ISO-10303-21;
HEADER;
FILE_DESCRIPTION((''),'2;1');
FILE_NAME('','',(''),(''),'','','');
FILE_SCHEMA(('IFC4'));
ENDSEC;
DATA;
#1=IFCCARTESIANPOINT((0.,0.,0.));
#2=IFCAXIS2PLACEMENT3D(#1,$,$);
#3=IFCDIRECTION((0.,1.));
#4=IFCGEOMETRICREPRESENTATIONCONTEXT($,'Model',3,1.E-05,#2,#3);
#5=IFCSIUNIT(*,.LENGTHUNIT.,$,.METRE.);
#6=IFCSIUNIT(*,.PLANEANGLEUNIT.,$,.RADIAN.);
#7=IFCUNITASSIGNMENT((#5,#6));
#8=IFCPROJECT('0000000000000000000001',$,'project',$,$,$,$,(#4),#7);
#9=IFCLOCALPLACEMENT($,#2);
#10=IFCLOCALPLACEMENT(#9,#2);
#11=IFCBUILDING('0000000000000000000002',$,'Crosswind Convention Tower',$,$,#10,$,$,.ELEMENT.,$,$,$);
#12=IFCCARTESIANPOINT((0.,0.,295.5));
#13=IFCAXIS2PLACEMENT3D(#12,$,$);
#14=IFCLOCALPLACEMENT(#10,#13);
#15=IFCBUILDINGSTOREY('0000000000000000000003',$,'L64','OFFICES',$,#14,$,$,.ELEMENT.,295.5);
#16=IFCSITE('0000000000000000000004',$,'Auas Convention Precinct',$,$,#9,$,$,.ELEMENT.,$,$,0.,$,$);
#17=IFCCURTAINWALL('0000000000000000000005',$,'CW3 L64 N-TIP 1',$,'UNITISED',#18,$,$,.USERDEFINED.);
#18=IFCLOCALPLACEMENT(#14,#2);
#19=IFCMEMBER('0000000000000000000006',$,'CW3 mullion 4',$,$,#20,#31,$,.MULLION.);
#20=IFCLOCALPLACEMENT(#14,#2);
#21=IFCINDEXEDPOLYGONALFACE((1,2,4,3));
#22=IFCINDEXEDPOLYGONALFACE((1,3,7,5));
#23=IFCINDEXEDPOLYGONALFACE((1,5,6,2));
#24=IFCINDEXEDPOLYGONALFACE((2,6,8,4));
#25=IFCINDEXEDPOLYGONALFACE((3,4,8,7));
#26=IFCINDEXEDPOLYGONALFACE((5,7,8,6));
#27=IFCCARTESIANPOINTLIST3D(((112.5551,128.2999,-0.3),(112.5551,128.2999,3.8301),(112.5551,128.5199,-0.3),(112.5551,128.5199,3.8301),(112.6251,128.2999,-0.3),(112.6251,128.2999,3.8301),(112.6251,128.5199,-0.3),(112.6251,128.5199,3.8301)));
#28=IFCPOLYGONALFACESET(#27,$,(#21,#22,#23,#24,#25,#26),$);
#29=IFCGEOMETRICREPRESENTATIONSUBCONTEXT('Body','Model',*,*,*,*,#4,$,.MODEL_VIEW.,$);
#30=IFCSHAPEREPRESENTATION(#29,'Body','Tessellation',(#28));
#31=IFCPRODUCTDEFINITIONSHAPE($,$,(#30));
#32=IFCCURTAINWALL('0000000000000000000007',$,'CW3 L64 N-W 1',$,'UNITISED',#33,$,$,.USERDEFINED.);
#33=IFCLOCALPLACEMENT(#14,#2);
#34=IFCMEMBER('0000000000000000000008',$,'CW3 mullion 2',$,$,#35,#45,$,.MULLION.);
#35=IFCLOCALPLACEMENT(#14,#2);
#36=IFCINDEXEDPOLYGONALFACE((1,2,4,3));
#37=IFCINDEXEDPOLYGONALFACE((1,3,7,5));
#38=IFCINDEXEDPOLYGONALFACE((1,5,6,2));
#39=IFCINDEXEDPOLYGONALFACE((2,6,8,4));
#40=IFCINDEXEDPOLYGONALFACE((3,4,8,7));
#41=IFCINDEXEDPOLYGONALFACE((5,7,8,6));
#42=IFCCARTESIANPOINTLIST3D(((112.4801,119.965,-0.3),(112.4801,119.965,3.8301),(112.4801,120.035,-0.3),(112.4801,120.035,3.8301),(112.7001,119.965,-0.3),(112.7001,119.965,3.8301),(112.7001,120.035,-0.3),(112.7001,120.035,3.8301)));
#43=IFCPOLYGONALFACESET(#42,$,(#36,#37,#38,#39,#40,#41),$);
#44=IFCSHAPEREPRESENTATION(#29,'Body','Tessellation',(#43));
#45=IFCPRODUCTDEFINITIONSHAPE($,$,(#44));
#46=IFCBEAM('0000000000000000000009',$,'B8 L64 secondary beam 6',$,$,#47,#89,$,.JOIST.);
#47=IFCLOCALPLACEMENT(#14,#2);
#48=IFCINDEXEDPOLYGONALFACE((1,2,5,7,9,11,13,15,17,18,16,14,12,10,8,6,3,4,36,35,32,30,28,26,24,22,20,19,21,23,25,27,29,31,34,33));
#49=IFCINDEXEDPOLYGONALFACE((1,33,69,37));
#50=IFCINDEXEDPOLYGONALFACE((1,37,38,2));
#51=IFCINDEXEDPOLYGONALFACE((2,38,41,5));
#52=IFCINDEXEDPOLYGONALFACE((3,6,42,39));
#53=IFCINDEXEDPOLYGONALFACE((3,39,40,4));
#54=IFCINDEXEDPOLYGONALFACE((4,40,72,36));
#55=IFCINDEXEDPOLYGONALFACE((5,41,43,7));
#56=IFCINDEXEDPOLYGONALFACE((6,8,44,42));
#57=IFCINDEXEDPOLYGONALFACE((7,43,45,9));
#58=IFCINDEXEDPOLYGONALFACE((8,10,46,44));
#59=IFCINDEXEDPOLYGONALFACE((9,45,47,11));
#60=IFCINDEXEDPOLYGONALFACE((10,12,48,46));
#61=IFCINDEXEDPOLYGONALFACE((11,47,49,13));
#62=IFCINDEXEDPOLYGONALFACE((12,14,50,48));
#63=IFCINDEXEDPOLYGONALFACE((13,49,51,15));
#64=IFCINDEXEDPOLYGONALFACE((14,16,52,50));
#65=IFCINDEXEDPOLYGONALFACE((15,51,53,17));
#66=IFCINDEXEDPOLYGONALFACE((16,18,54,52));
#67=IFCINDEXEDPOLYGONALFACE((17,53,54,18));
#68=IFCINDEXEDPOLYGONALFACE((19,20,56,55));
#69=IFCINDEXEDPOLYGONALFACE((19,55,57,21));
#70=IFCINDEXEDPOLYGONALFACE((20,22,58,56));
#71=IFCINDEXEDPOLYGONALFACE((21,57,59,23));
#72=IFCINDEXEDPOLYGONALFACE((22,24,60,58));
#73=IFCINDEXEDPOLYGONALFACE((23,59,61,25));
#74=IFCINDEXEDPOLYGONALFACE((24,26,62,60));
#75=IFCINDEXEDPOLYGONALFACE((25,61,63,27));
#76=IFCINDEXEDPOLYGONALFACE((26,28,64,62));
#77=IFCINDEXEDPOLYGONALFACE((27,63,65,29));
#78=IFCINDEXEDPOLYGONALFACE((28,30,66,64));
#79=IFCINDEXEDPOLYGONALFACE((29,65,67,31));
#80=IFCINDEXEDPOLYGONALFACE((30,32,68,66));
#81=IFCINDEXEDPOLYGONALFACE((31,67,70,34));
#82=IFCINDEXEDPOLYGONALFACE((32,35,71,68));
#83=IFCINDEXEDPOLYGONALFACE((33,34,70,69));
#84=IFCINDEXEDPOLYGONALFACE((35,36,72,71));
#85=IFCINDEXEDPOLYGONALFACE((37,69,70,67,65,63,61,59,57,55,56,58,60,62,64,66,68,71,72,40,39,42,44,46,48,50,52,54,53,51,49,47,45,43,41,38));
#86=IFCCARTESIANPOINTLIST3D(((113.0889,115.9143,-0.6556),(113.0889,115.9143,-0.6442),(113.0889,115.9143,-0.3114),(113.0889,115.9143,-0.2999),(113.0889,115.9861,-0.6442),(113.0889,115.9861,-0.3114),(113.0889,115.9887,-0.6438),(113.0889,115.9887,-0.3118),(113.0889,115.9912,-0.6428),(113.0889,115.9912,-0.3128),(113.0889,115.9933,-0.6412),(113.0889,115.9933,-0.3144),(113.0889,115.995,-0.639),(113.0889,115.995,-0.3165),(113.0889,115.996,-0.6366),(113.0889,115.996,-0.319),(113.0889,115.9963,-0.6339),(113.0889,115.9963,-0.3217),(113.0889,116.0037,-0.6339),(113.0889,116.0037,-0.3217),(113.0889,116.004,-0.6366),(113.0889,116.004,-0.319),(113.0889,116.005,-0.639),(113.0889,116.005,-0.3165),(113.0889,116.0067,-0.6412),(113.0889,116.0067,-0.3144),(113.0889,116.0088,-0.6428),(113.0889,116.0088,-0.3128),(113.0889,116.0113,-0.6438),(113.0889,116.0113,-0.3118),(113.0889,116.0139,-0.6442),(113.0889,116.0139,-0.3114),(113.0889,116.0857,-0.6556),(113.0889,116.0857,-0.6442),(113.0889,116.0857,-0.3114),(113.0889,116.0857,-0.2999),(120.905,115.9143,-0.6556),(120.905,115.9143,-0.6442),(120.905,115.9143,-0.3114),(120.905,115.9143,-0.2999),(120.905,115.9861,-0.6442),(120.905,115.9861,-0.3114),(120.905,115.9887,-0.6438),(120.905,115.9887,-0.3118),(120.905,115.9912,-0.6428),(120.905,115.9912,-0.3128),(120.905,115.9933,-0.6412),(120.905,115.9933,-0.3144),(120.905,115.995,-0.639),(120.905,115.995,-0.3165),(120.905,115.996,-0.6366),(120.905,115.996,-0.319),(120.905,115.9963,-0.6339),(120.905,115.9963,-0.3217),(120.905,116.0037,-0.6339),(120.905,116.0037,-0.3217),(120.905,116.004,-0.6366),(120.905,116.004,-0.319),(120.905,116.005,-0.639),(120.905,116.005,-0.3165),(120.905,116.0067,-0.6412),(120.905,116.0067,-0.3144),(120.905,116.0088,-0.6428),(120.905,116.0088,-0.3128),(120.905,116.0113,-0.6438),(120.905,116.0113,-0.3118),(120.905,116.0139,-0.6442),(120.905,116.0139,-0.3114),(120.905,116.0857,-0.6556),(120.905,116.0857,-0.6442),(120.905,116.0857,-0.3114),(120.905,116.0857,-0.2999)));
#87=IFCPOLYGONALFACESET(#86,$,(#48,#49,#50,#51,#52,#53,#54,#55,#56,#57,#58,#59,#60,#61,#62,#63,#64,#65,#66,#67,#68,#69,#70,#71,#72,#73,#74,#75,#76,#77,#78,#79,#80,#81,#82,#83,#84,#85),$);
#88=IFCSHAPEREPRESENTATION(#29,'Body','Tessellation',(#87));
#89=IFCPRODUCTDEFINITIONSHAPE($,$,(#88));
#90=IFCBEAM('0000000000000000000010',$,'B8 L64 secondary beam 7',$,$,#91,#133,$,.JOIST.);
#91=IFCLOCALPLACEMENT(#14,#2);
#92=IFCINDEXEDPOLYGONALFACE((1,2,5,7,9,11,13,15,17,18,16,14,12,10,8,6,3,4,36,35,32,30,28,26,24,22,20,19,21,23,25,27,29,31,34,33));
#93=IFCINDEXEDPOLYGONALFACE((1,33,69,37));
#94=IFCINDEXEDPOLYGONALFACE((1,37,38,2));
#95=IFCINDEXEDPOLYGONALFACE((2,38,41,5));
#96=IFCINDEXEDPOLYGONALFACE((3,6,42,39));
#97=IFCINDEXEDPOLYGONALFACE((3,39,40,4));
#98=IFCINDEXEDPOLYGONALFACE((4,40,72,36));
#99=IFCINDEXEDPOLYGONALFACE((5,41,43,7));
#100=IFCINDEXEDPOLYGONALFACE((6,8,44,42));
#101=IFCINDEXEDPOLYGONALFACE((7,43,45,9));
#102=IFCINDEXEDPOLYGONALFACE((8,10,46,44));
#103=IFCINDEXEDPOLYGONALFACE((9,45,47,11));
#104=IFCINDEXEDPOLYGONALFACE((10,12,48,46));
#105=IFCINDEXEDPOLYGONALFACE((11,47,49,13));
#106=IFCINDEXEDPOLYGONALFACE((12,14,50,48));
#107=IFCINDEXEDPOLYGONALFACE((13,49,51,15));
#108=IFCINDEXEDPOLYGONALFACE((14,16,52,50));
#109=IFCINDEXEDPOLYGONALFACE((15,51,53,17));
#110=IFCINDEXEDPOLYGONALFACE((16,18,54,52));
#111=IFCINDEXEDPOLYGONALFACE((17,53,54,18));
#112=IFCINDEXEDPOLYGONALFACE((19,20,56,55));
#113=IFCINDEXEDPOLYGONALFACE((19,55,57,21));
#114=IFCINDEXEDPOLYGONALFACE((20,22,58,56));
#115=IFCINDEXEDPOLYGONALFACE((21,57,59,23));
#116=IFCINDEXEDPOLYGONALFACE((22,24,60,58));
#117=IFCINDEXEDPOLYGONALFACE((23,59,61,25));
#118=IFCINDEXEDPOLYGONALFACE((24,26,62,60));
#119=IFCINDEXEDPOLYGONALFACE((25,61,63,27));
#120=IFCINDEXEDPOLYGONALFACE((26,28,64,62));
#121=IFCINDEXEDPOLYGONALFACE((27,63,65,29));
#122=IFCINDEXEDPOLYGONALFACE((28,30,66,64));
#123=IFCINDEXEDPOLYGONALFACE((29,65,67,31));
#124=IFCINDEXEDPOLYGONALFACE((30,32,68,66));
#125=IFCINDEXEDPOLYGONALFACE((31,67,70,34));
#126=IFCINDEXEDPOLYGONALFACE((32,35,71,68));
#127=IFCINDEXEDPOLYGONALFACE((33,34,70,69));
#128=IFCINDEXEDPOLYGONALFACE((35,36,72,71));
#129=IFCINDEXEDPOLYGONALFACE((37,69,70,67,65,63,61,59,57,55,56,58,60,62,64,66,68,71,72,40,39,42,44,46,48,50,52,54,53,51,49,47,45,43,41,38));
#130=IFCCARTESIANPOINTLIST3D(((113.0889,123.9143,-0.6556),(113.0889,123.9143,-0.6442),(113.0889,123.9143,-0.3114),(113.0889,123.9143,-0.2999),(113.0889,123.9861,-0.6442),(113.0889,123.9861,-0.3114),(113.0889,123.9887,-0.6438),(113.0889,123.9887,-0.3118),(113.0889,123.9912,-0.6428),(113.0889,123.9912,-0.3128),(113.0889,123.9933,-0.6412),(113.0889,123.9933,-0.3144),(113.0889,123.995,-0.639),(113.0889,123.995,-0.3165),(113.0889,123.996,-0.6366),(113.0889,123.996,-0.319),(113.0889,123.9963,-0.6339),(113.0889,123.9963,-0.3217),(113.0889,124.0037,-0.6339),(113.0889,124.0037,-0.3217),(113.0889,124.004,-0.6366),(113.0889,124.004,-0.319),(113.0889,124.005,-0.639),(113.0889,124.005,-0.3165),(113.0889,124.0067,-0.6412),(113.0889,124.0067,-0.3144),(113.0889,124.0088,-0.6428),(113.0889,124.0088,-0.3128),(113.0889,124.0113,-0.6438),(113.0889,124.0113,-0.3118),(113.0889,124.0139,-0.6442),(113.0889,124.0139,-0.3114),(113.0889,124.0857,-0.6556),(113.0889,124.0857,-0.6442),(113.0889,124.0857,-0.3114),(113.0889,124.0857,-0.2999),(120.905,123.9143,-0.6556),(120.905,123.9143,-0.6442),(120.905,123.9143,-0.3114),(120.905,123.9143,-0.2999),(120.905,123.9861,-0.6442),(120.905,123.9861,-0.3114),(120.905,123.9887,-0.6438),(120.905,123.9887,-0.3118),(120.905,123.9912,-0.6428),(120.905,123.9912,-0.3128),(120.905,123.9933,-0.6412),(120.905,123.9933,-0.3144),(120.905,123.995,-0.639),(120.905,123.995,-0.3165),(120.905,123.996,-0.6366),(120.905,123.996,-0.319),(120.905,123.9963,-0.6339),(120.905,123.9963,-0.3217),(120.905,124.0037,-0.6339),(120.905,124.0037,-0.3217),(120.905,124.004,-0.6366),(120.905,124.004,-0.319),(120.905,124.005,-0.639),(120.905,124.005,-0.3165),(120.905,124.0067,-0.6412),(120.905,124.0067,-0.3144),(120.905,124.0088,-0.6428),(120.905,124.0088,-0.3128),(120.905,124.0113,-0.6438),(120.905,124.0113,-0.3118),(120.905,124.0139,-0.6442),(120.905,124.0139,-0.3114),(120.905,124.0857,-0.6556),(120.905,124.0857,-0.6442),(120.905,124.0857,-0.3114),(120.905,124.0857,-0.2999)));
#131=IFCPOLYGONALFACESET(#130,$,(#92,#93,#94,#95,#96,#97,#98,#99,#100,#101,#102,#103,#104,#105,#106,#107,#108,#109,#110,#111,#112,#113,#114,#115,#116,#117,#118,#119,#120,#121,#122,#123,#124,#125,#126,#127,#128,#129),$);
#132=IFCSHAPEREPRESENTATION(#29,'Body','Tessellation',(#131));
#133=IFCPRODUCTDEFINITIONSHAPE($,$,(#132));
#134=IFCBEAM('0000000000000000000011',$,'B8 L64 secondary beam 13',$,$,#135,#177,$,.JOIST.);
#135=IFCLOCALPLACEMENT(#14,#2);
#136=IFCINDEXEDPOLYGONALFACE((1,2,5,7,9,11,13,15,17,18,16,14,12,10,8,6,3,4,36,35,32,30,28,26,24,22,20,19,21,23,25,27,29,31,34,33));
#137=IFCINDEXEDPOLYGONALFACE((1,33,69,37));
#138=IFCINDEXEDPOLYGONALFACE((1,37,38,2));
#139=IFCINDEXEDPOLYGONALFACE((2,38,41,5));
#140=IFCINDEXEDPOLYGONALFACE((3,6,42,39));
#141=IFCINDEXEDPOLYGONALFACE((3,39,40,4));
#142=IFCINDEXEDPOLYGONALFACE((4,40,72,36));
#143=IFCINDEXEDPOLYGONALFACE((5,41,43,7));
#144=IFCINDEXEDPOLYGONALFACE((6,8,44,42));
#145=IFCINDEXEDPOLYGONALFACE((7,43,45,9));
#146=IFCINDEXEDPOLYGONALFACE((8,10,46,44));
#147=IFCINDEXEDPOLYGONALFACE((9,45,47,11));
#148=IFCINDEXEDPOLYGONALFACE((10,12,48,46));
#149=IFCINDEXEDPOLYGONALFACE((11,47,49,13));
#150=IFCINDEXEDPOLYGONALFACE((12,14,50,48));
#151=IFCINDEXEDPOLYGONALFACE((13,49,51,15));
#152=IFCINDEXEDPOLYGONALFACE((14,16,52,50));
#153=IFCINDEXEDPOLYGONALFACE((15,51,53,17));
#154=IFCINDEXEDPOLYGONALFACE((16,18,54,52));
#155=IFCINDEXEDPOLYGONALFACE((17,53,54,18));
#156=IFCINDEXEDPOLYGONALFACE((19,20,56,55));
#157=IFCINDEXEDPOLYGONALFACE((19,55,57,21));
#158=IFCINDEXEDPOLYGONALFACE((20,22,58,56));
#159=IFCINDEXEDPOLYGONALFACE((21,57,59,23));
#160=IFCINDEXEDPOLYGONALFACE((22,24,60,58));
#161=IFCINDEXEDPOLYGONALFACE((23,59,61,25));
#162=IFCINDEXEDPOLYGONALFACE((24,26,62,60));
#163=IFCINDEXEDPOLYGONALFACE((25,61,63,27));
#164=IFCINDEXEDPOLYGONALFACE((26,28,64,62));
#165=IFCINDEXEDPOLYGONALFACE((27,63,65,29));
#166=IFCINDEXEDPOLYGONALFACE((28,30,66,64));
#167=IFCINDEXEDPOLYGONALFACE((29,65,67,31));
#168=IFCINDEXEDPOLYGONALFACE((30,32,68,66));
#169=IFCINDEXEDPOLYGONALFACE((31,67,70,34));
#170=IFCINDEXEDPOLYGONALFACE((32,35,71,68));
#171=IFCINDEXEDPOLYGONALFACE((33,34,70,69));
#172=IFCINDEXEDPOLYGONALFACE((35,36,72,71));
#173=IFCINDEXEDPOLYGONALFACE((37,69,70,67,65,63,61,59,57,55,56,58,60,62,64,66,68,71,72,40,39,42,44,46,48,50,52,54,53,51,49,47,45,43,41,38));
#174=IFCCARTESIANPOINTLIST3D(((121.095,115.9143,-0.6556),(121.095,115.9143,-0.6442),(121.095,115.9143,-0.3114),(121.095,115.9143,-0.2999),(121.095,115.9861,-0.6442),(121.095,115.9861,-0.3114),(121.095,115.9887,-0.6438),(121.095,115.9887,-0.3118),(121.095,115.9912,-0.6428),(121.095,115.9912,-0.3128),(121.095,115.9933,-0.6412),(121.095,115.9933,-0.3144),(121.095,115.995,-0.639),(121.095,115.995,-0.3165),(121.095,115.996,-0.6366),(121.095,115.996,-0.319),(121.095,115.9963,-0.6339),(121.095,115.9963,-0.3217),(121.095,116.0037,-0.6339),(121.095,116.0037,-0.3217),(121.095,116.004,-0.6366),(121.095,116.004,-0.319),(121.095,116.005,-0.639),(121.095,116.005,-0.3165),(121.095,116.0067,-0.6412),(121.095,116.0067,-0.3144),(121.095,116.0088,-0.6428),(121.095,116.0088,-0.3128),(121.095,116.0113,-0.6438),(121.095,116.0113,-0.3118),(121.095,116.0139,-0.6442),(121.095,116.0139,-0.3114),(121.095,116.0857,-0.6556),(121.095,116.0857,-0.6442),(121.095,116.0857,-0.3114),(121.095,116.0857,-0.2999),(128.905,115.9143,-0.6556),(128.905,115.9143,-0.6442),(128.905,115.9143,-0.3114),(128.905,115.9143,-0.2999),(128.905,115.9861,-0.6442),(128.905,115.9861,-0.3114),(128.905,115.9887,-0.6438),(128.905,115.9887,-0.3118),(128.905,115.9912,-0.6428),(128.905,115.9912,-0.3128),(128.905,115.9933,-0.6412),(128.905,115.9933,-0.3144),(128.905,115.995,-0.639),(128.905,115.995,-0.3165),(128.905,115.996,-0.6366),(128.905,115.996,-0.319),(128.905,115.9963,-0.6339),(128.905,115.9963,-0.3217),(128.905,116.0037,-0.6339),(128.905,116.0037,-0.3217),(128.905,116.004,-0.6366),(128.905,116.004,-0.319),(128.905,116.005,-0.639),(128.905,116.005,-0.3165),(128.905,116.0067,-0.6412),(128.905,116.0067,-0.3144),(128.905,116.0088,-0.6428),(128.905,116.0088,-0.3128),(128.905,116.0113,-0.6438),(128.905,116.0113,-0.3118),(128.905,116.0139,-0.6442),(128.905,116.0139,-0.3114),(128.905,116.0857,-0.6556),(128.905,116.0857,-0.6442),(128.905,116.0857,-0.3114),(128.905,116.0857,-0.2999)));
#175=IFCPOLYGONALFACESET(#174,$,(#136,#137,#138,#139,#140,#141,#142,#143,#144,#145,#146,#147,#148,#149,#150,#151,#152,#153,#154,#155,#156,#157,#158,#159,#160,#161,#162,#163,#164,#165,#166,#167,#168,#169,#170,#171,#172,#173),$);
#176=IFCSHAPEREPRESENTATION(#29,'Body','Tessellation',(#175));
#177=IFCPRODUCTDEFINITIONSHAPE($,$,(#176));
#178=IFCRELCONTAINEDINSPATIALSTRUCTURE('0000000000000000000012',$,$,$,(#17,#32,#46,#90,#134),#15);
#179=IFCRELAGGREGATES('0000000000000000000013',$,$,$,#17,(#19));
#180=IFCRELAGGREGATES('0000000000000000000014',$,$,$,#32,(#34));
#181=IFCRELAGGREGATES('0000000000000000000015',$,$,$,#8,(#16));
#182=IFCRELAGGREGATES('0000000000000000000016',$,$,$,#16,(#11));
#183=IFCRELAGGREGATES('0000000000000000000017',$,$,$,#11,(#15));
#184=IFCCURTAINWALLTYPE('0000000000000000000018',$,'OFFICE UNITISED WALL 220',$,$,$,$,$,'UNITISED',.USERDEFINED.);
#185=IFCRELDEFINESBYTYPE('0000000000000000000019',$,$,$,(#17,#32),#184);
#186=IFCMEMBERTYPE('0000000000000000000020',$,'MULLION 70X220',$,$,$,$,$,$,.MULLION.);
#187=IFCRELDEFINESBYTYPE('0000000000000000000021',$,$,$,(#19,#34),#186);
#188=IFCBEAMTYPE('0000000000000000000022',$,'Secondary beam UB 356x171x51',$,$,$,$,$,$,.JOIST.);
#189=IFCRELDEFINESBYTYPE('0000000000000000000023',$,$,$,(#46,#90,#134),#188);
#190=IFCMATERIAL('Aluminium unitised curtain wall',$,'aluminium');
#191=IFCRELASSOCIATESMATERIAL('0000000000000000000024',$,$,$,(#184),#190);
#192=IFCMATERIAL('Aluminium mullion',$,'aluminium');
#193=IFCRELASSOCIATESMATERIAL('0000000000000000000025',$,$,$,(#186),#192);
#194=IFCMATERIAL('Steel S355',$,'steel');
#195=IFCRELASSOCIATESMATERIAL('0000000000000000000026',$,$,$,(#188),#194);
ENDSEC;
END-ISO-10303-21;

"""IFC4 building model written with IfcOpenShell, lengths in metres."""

from ifc_helpers import new_model, si_unit, direction, frame, origin, origin_2d, place, context, subcontext, project, spatial, rectangle, i_section, extrude, material, material_profile, profile_set, type_object, element, aggregate, save


model = new_model("IFC4")

# Units and contexts
model_context = context("Model", 3, precision=1e-05, world=origin(), true_north=direction((0.0, 1.0)))
body_context = subcontext(model_context, "Body", "Model", "MODEL_VIEW")
ifc_project = project(units=[si_unit("LENGTHUNIT", "METRE"), si_unit("PLANEANGLEUNIT", "RADIAN")], contexts=[model_context])

# Site, building, storey
site_placement = place(None, origin())
site = spatial("IfcSite", under=ifc_project, at=site_placement, Name="Auas Convention Precinct", CompositionType="ELEMENT", RefElevation=0.0)
building_placement = place(site_placement, origin())
building = spatial("IfcBuilding", under=site, at=building_placement, Name="Crosswind Convention Tower", CompositionType="ELEMENT")
storey_placement = place(building_placement, frame((0.0, 0.0, 295.5)))
storey = spatial("IfcBuildingStorey", under=building, at=storey_placement, Name="L64", Description="OFFICES", CompositionType="ELEMENT", Elevation=295.5)

# Shared definitions
ifc_material_1 = material(Name="Steel S355", Category="steel")

# Curtain wall, member
ifc_material_2 = material(Name="Aluminium unitised curtain wall", Category="aluminium")
ifc_material_3 = material(Name="Aluminium mullion", Category="aluminium")
curtain_wall_type_1 = type_object("IfcCurtainWallType", Name="OFFICE UNITISED WALL 220", ElementType="UNITISED", PredefinedType="USERDEFINED", material=ifc_material_2)
curtain_wall_1_placement = place(storey_placement, origin())
curtain_wall_1 = element("IfcCurtainWall", 1, at=curtain_wall_1_placement, inside=storey, type_object=curtain_wall_type_1, Name="CW3 L64 N-TIP 1", ObjectType="UNITISED", PredefinedType="USERDEFINED")
ifc_material_profile_1 = material_profile(ifc_material_3, rectangle(XDim=0.22, YDim=0.0701, at=origin_2d()), Name="AL 220X70")
ifc_profile_set_1 = profile_set([ifc_material_profile_1], Name="Aluminium mullion")
member_type_1 = type_object("IfcMemberType", Name="MULLION 70X220", PredefinedType="MULLION", material=ifc_profile_set_1)
member_1_placement = place(storey_placement, frame((112.5901, 128.4099, -0.3), z_axis=(0.0, 0.0, 1.0), x_axis=(0.0, 1.0, 0.0)))
member_1 = element("IfcMember", 2, at=member_1_placement, type_object=member_type_1, Name="CW3 mullion 4", PredefinedType="MULLION", context=body_context, shape_type="SweptSolid", body=[
    extrude(rectangle(XDim=0.22, YDim=0.0701, at=origin_2d()), origin(), (0.0, 0.0, 1.0), 4.1301),
])

# Curtain wall, member
curtain_wall_2_placement = place(storey_placement, origin())
curtain_wall_2 = element("IfcCurtainWall", 3, at=curtain_wall_2_placement, inside=storey, type_object=curtain_wall_type_1, Name="CW3 L64 N-W 1", ObjectType="UNITISED", PredefinedType="USERDEFINED")
member_2_placement = place(storey_placement, frame((112.5901, 120.0, -0.3), z_axis=(0.0, 0.0, 1.0), x_axis=(-1.0, 0.0, 0.0)))
member_2 = element("IfcMember", 4, at=member_2_placement, type_object=member_type_1, Name="CW3 mullion 2", PredefinedType="MULLION", context=body_context, shape_type="SweptSolid", body=[
    extrude(rectangle(XDim=0.22, YDim=0.0701, at=origin_2d()), origin(), (0.0, 0.0, 1.0), 4.1301),
])

# Beams
ifc_material_profile_2 = material_profile(ifc_material_1, i_section(OverallWidth=0.1714, OverallDepth=0.3557, WebThickness=0.0073, FlangeThickness=0.0115, FilletRadius=0.0103, at=origin_2d()), Name="UB 356x171x51")
ifc_profile_set_2 = profile_set([ifc_material_profile_2], Name="Steel S355")
beam_type_1 = type_object("IfcBeamType", Name="Secondary beam UB 356x171x51", PredefinedType="JOIST", material=ifc_profile_set_2)
for number, where, z_axis, x_axis, name in (
    (5, (113.0889, 116.0, -0.4778), (1.0, 0.0, 0.0), (0.0, 1.0, 0.0), "B8 L64 secondary beam 6"),
    (6, (113.0889, 124.0, -0.4778), (1.0, 0.0, 0.0), (0.0, 1.0, 0.0), "B8 L64 secondary beam 7"),
):
    element("IfcBeam", number, at=place(storey_placement, frame(where, z_axis=z_axis, x_axis=x_axis)), inside=storey, type_object=beam_type_1, Name=name, PredefinedType="JOIST", context=body_context, shape_type="SweptSolid", body=[
        extrude(i_section(OverallWidth=0.1714, OverallDepth=0.3557, WebThickness=0.0073, FlangeThickness=0.0115, FilletRadius=0.0103, at=origin_2d()), origin(), (0.0, 0.0, 1.0), 7.8162),
    ])
for number, where, z_axis, x_axis, name in (
    (7, (121.095, 116.0, -0.4778), (1.0, 0.0, 0.0), (0.0, 1.0, 0.0), "B8 L64 secondary beam 13"),
):
    element("IfcBeam", number, at=place(storey_placement, frame(where, z_axis=z_axis, x_axis=x_axis)), inside=storey, type_object=beam_type_1, Name=name, PredefinedType="JOIST", context=body_context, shape_type="SweptSolid", body=[
        extrude(i_section(OverallWidth=0.1714, OverallDepth=0.3557, WebThickness=0.0073, FlangeThickness=0.0115, FilletRadius=0.0103, at=origin_2d()), origin(), (0.0, 0.0, 1.0), 7.8101),
    ])

aggregate(curtain_wall_1, [member_1])

aggregate(curtain_wall_2, [member_2])

save(model, "model.ifc")
